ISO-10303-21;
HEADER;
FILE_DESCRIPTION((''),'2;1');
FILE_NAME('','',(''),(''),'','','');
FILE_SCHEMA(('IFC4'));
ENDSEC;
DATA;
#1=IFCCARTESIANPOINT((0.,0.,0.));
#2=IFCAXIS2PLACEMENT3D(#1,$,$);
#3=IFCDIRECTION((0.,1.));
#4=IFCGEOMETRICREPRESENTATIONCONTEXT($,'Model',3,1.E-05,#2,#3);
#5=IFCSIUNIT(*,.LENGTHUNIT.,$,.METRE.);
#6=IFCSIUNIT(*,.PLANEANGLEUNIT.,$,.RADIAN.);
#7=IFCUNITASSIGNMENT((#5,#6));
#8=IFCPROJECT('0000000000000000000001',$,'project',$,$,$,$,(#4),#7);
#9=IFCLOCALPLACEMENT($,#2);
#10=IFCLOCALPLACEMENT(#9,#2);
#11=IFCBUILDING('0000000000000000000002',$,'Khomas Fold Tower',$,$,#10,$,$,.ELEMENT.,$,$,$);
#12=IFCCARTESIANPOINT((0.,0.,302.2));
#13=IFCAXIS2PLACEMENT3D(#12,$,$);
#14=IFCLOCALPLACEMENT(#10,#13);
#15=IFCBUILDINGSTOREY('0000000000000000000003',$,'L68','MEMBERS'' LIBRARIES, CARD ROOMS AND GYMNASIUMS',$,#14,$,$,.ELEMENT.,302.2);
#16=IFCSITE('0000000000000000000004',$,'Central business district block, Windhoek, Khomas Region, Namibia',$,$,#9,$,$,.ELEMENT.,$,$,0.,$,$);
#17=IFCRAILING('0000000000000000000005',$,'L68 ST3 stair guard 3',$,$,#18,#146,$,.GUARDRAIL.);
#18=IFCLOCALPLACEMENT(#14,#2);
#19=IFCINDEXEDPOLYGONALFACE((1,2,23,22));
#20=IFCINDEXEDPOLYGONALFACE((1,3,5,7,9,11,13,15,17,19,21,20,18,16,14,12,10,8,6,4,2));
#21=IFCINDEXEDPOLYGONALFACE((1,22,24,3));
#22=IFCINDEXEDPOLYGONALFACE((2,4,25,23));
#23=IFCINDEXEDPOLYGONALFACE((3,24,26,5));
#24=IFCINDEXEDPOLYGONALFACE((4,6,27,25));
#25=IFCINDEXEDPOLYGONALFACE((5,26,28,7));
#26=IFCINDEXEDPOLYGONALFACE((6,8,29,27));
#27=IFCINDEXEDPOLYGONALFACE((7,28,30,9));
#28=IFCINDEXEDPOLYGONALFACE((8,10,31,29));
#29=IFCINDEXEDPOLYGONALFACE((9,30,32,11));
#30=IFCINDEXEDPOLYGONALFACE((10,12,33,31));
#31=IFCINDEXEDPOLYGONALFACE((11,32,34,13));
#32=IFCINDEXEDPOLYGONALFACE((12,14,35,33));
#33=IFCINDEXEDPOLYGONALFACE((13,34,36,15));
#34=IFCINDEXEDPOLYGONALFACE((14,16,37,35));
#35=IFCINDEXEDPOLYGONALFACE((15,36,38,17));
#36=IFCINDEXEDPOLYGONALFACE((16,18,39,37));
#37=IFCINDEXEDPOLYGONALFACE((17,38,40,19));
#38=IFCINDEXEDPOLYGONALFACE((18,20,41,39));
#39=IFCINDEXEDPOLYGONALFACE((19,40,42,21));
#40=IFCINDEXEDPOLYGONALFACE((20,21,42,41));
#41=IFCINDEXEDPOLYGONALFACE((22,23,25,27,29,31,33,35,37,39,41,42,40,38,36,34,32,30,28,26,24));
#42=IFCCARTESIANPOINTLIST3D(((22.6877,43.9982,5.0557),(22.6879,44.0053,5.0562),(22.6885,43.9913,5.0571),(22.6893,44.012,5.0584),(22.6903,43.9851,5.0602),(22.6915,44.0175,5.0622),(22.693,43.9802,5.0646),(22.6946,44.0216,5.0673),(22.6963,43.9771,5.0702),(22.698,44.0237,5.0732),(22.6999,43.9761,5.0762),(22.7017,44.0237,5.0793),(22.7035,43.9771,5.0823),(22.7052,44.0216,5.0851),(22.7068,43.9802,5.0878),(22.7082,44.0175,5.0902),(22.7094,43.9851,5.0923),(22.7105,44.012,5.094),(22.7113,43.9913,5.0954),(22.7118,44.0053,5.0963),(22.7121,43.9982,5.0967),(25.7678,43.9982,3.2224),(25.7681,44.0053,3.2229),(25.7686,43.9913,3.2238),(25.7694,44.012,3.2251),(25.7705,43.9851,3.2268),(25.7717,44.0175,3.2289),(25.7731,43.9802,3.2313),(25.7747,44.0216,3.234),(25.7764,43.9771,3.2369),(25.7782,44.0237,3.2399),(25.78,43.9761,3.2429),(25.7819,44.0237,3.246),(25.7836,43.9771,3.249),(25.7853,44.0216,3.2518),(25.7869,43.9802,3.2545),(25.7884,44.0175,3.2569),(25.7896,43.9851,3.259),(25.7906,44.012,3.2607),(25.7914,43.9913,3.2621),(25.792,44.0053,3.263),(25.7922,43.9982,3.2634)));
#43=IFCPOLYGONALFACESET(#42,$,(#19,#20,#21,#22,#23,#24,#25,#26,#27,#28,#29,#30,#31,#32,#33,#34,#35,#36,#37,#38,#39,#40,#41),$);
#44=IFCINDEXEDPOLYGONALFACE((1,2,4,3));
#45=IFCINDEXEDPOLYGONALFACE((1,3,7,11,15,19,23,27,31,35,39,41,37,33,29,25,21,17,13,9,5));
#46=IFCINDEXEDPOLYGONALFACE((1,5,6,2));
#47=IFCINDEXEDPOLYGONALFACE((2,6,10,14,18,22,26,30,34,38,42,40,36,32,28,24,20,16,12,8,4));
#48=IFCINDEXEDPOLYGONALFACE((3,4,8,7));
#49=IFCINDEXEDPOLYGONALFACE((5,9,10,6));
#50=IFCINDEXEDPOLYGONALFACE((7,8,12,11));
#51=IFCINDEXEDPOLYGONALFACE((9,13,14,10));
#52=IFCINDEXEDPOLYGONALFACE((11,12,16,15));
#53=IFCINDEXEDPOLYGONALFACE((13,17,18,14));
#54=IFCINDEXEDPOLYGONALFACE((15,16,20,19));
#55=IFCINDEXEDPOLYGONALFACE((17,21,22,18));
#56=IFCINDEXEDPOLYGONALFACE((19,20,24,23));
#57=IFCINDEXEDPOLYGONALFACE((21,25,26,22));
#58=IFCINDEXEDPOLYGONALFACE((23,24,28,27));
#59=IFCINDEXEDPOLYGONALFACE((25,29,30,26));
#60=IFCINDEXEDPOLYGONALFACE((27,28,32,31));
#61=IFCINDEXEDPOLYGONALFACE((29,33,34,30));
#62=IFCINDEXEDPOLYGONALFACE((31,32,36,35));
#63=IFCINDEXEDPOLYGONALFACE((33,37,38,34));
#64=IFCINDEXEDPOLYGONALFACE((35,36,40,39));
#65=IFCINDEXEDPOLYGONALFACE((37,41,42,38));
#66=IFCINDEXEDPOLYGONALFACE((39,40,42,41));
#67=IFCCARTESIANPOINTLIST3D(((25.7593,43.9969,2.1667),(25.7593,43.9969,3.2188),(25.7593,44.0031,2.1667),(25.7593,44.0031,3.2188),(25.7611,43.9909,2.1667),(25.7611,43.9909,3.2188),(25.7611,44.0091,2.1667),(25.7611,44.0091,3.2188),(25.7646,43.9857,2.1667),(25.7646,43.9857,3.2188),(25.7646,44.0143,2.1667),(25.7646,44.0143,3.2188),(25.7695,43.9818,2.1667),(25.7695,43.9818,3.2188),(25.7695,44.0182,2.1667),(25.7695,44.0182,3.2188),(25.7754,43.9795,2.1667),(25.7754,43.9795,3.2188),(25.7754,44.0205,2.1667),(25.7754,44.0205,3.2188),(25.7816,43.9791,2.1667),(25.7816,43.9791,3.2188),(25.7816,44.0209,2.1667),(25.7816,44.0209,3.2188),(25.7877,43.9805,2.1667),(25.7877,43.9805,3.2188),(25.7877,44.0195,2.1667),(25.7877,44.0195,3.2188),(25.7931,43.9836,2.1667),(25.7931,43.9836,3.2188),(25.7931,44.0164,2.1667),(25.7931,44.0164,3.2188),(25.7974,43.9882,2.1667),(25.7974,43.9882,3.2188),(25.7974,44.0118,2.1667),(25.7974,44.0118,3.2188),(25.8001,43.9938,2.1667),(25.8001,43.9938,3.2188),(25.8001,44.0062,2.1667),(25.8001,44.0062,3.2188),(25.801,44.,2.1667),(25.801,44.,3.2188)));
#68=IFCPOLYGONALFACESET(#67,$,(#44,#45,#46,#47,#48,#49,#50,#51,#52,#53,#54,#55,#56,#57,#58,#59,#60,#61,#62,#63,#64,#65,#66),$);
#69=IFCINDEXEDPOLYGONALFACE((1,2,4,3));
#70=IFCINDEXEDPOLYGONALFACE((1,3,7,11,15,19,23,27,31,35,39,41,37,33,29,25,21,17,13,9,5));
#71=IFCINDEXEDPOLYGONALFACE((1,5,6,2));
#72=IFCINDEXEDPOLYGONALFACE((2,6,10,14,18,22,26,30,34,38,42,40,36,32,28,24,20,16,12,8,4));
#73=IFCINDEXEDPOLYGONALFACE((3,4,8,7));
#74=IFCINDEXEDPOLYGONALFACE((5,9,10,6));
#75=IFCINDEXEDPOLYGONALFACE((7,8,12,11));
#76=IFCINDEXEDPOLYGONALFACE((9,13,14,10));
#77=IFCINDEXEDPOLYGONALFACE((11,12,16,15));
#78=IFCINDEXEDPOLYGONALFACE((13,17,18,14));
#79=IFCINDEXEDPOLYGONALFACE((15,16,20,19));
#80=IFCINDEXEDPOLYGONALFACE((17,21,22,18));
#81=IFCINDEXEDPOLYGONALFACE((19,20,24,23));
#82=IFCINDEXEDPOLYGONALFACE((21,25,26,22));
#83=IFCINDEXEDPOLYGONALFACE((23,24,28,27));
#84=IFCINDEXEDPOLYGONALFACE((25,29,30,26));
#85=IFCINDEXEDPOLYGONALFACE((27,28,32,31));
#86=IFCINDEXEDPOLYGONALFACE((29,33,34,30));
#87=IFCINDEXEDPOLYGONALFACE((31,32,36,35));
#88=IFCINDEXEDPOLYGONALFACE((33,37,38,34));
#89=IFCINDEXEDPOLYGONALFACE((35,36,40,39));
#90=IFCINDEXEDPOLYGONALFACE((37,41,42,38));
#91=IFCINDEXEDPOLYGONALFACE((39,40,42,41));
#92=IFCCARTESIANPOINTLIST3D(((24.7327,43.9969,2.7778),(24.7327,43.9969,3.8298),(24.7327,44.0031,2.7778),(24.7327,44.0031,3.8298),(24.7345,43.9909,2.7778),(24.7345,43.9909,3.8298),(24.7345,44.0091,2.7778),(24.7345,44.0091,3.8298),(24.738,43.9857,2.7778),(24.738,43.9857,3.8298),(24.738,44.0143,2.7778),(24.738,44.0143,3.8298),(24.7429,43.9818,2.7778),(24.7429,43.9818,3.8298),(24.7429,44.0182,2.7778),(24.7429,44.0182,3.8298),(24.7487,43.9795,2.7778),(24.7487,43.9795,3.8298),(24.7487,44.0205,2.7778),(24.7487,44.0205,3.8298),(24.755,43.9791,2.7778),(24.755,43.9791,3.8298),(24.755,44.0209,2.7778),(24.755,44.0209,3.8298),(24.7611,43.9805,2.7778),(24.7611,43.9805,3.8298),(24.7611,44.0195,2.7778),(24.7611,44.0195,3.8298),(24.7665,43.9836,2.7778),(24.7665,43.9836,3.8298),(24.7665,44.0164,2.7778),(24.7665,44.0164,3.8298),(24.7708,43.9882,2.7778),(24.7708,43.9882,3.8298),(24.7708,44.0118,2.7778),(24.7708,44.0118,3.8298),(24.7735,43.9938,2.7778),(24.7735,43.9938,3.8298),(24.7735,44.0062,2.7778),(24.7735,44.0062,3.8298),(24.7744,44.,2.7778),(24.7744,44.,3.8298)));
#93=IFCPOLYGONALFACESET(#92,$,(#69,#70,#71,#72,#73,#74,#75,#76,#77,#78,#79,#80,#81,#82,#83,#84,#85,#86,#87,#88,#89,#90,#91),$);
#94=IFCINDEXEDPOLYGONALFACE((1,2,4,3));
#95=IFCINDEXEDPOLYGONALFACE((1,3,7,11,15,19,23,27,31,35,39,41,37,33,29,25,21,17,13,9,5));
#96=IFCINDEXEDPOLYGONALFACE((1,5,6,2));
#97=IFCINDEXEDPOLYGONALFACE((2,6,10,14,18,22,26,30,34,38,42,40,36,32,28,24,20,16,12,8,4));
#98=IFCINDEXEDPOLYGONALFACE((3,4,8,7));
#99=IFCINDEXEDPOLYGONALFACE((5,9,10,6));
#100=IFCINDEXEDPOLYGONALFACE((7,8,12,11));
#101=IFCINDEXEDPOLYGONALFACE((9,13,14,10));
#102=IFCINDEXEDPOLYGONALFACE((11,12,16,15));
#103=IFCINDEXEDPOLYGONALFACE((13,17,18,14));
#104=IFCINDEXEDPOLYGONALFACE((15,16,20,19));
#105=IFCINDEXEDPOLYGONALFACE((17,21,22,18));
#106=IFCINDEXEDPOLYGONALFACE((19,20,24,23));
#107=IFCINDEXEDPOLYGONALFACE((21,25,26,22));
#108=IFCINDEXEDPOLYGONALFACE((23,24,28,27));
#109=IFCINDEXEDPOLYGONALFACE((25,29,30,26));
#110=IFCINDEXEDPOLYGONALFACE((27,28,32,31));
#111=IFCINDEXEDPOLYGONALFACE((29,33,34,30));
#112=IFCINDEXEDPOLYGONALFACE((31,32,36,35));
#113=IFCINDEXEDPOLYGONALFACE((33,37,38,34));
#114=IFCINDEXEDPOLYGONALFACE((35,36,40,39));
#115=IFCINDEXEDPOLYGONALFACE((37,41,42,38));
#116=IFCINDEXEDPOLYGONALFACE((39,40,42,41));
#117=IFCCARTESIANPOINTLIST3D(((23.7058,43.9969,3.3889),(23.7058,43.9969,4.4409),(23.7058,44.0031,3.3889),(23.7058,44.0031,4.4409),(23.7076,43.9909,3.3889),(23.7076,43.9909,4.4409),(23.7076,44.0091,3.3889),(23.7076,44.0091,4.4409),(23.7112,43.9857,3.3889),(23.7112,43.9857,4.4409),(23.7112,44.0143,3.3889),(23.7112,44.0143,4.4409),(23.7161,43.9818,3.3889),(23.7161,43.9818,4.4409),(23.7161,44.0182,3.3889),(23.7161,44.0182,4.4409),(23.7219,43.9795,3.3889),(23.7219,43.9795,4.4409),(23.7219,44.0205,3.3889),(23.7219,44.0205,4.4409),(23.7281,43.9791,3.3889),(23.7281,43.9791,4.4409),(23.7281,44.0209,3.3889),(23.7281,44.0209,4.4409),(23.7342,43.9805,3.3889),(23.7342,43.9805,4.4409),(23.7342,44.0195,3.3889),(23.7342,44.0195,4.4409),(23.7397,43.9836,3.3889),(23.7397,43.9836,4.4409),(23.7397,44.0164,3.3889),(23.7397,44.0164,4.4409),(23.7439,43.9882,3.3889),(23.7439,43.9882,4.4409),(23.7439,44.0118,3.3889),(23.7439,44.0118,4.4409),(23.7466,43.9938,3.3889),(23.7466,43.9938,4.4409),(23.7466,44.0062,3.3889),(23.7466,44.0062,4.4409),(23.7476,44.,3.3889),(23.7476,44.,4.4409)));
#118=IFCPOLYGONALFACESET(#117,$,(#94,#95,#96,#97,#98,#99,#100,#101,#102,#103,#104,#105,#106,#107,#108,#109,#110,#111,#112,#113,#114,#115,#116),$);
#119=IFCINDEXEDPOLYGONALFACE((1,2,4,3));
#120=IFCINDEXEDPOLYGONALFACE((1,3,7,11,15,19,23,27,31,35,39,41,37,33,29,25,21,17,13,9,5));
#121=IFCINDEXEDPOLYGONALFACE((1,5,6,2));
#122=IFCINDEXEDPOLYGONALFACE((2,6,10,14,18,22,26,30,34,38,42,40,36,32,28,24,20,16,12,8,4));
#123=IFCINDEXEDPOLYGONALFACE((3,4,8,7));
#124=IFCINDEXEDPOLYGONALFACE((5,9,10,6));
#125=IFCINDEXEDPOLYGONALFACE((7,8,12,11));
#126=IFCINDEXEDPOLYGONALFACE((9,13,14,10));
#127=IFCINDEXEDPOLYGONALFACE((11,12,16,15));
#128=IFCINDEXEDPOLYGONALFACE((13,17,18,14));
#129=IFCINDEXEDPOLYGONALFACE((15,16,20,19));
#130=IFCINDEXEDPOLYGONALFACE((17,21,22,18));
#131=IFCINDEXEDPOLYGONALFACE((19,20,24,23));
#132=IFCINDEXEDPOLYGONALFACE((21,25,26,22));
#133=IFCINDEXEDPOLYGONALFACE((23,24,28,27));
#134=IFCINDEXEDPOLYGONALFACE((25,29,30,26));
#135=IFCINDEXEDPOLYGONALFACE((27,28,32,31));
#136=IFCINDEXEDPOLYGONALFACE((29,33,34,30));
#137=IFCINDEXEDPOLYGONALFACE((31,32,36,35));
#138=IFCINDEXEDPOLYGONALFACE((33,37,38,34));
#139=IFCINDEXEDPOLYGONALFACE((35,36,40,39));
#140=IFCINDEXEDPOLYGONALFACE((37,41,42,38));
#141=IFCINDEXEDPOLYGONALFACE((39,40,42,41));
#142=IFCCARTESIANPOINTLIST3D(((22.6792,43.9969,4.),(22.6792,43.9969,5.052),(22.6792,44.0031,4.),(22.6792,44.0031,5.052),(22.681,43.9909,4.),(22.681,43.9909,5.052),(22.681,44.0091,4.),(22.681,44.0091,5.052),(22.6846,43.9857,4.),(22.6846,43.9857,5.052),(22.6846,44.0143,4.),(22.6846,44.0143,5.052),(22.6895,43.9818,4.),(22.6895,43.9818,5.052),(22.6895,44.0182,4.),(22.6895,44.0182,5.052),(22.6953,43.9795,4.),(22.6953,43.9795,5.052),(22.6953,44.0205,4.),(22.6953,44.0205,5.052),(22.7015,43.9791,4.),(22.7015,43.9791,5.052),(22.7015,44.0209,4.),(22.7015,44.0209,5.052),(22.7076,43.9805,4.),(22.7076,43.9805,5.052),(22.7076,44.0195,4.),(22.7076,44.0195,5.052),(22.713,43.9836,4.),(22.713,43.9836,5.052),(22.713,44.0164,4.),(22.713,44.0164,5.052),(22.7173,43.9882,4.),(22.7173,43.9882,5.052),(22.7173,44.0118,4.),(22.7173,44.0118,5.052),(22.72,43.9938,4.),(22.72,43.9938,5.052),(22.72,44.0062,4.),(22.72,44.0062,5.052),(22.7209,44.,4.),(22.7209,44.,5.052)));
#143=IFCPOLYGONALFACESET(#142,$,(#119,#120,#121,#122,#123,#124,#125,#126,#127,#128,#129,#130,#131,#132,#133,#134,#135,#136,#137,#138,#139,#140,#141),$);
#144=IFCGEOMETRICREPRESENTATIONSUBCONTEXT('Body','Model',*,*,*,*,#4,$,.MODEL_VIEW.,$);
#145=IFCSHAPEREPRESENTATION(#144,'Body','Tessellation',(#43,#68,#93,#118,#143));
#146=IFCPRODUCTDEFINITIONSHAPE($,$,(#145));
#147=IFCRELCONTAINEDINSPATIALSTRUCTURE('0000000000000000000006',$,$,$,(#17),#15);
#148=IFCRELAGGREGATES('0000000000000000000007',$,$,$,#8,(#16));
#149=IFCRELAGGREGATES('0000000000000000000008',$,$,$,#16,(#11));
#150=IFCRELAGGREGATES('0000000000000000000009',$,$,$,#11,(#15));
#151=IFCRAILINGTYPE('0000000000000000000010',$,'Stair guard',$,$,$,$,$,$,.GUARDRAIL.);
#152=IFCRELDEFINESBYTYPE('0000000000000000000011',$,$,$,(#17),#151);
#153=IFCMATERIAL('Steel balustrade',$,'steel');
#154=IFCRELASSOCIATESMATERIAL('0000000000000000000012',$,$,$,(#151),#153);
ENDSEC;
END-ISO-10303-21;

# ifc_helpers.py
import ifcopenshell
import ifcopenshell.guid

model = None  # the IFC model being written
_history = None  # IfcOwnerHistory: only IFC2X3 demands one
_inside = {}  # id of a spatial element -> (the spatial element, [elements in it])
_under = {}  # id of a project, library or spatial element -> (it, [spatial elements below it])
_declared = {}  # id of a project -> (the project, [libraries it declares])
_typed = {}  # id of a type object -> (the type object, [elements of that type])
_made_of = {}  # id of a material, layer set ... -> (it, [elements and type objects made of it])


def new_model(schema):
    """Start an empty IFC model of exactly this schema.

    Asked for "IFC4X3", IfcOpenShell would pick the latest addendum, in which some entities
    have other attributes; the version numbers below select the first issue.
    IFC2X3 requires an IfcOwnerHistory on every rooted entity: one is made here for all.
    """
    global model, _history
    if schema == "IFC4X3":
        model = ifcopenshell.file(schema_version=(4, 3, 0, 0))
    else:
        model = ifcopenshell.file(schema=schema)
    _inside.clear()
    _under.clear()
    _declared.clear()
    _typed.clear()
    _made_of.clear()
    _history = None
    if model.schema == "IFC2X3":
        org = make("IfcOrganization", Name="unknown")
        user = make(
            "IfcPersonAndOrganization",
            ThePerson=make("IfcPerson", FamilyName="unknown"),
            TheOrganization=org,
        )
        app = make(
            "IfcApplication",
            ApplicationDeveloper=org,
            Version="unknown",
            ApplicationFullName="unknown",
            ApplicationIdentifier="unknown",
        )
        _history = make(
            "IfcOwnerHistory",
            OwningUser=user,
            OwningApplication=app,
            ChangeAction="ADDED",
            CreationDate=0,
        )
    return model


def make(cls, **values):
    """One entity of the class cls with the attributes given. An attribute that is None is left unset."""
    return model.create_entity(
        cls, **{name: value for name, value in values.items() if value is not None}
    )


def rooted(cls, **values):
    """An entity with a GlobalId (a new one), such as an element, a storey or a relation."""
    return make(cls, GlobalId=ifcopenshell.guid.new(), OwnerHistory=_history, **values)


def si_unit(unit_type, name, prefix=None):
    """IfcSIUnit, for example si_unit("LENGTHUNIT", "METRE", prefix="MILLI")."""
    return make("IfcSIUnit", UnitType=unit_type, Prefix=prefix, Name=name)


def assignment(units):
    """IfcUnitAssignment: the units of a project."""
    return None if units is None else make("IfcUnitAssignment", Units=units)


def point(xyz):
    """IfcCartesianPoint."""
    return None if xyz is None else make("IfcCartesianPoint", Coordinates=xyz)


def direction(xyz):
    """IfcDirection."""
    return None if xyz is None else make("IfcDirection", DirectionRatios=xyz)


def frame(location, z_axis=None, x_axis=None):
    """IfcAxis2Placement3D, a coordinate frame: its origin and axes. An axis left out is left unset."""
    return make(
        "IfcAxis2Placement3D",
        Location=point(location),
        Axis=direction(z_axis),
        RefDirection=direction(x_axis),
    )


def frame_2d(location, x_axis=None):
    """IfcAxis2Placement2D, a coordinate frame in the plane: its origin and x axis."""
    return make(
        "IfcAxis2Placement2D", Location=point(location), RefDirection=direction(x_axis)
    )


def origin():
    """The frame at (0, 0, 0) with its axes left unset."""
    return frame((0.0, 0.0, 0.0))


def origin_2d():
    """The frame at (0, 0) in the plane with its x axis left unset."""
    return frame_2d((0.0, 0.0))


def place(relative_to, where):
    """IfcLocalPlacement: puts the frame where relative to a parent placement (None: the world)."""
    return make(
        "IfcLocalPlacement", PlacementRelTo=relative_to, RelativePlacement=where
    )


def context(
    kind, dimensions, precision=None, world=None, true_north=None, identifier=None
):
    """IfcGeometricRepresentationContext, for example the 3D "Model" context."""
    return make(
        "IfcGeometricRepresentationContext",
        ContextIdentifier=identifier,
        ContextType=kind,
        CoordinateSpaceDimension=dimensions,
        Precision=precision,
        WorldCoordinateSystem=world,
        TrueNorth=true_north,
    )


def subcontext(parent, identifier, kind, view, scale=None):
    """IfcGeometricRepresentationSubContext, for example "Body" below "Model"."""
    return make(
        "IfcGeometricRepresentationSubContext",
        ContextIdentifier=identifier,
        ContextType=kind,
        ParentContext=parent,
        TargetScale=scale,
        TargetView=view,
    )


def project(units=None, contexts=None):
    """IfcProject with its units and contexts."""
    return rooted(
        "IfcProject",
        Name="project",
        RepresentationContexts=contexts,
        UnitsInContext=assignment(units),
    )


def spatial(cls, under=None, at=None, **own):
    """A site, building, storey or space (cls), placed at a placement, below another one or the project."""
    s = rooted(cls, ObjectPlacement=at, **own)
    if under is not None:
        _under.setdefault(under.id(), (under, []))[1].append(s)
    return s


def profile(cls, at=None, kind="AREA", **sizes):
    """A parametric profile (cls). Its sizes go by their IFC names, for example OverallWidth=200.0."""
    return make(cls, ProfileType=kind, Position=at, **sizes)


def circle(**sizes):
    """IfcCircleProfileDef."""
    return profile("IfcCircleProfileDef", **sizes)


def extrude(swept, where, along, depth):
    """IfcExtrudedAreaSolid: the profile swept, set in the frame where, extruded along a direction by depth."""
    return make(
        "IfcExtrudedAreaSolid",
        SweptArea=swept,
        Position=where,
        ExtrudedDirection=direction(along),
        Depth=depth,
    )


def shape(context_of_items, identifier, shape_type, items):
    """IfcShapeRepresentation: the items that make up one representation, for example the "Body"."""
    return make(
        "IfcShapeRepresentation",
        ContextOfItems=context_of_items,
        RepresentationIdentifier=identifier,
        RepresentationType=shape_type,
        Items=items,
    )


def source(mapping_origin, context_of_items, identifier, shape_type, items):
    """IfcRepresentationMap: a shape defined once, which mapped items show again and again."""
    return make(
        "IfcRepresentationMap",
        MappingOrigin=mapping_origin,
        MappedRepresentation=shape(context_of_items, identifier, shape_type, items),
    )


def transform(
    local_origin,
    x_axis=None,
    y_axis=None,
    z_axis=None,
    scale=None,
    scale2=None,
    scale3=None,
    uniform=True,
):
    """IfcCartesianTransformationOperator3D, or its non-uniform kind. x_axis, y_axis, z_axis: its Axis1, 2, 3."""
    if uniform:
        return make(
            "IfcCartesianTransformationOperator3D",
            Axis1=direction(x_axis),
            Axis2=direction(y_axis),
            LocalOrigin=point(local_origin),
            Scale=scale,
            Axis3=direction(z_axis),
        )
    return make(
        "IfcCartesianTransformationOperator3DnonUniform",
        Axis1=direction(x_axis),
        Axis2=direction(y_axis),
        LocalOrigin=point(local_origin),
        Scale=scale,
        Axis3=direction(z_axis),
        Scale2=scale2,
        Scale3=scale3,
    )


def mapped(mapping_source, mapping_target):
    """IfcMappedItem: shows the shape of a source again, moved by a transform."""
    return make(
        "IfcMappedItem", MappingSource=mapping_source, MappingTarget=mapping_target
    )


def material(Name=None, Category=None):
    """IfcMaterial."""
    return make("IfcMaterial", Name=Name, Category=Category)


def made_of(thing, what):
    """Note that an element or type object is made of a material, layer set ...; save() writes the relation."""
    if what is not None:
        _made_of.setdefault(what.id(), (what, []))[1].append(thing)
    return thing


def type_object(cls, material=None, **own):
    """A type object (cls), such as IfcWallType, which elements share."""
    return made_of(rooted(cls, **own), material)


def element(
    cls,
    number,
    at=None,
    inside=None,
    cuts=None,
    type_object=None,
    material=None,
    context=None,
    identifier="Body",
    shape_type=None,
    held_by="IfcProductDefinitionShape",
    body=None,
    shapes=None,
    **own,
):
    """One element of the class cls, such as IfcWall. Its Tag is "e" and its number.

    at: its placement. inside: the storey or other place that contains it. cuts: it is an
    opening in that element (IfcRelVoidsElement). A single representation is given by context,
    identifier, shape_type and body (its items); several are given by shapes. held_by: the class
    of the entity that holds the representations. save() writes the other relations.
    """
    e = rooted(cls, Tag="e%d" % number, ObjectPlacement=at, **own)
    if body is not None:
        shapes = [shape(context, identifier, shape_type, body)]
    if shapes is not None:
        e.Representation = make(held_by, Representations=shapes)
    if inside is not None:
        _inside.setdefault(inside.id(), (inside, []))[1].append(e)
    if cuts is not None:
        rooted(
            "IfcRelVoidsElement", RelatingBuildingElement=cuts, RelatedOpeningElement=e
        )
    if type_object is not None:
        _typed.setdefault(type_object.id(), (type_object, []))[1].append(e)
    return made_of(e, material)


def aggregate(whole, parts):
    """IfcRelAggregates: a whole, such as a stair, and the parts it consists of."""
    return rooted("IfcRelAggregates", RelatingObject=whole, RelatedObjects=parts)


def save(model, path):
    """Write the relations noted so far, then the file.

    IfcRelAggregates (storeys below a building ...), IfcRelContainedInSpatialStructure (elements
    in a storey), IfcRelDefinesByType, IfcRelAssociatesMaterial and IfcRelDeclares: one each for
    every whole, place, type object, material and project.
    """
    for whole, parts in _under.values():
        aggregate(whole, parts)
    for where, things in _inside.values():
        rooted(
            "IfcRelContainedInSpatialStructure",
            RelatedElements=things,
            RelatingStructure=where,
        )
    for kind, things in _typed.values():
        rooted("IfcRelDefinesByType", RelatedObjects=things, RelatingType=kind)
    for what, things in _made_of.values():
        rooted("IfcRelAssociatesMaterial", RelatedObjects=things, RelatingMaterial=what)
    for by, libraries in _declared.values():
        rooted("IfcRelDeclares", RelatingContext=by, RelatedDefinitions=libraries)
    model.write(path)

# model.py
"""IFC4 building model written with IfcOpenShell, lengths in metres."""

from ifc_helpers import new_model, si_unit, direction, frame, origin, origin_2d, place, context, subcontext, project, spatial, circle, extrude, source, transform, mapped, material, type_object, element, save


model = new_model("IFC4")

# Units and contexts
model_context = context("Model", 3, precision=1e-05, world=origin(), true_north=direction((0.0, 1.0)))
body_context = subcontext(model_context, "Body", "Model", "MODEL_VIEW")
ifc_project = project(units=[si_unit("LENGTHUNIT", "METRE"), si_unit("PLANEANGLEUNIT", "RADIAN")], contexts=[model_context])

# Site, building, storey
site_placement = place(None, origin())
site = spatial("IfcSite", under=ifc_project, at=site_placement, Name="Central business district block, Windhoek, Khomas Region, Namibia", CompositionType="ELEMENT", RefElevation=0.0)
building_placement = place(site_placement, origin())
building = spatial("IfcBuilding", under=site, at=building_placement, Name="Khomas Fold Tower", CompositionType="ELEMENT")
storey_placement = place(building_placement, frame((0.0, 0.0, 302.2)))
storey = spatial("IfcBuildingStorey", under=building, at=storey_placement, Name="L68", Description="MEMBERS' LIBRARIES, CARD ROOMS AND GYMNASIUMS", CompositionType="ELEMENT", Elevation=302.2)

# Railing
ifc_material_1 = material(Name="Steel balustrade", Category="steel")
railing_type_1 = type_object("IfcRailingType", Name="Stair guard", PredefinedType="GUARDRAIL", material=ifc_material_1)
shared_shape_1 = source(origin(), body_context, "Body", "SweptSolid", [
    extrude(circle(Radius=0.0239, at=origin_2d()), frame((0.0, 0.0, 1.0762), z_axis=(-0.859309, 0.0, 0.511458), x_axis=(0.0, -1.0, 0.0)), (0.0, 0.0, 1.0), 3.5845),
    extrude(circle(Radius=0.021, at=origin_2d()), origin(), (0.0, 0.0, 1.0), 1.052),
    extrude(circle(Radius=0.021, at=origin_2d()), frame((-1.0266, 0.0, 0.6111)), (0.0, 0.0, 1.0), 1.052),
    extrude(circle(Radius=0.021, at=origin_2d()), frame((-2.0535, 0.0, 1.2222)), (0.0, 0.0, 1.0), 1.052),
    extrude(circle(Radius=0.021, at=origin_2d()), frame((-3.0801, 0.0, 1.8333)), (0.0, 0.0, 1.0), 1.052),
])
railing_1_placement = place(storey_placement, frame((25.78, 44.0, 2.1667)))
element("IfcRailing", 1, at=railing_1_placement, inside=storey, type_object=railing_type_1, Name="L68 ST3 stair guard 3", PredefinedType="GUARDRAIL", context=body_context, shape_type="MappedRepresentation", body=[
    mapped(shared_shape_1, transform((0.0, 0.0, 0.0))),
])

save(model, "model.ifc")
